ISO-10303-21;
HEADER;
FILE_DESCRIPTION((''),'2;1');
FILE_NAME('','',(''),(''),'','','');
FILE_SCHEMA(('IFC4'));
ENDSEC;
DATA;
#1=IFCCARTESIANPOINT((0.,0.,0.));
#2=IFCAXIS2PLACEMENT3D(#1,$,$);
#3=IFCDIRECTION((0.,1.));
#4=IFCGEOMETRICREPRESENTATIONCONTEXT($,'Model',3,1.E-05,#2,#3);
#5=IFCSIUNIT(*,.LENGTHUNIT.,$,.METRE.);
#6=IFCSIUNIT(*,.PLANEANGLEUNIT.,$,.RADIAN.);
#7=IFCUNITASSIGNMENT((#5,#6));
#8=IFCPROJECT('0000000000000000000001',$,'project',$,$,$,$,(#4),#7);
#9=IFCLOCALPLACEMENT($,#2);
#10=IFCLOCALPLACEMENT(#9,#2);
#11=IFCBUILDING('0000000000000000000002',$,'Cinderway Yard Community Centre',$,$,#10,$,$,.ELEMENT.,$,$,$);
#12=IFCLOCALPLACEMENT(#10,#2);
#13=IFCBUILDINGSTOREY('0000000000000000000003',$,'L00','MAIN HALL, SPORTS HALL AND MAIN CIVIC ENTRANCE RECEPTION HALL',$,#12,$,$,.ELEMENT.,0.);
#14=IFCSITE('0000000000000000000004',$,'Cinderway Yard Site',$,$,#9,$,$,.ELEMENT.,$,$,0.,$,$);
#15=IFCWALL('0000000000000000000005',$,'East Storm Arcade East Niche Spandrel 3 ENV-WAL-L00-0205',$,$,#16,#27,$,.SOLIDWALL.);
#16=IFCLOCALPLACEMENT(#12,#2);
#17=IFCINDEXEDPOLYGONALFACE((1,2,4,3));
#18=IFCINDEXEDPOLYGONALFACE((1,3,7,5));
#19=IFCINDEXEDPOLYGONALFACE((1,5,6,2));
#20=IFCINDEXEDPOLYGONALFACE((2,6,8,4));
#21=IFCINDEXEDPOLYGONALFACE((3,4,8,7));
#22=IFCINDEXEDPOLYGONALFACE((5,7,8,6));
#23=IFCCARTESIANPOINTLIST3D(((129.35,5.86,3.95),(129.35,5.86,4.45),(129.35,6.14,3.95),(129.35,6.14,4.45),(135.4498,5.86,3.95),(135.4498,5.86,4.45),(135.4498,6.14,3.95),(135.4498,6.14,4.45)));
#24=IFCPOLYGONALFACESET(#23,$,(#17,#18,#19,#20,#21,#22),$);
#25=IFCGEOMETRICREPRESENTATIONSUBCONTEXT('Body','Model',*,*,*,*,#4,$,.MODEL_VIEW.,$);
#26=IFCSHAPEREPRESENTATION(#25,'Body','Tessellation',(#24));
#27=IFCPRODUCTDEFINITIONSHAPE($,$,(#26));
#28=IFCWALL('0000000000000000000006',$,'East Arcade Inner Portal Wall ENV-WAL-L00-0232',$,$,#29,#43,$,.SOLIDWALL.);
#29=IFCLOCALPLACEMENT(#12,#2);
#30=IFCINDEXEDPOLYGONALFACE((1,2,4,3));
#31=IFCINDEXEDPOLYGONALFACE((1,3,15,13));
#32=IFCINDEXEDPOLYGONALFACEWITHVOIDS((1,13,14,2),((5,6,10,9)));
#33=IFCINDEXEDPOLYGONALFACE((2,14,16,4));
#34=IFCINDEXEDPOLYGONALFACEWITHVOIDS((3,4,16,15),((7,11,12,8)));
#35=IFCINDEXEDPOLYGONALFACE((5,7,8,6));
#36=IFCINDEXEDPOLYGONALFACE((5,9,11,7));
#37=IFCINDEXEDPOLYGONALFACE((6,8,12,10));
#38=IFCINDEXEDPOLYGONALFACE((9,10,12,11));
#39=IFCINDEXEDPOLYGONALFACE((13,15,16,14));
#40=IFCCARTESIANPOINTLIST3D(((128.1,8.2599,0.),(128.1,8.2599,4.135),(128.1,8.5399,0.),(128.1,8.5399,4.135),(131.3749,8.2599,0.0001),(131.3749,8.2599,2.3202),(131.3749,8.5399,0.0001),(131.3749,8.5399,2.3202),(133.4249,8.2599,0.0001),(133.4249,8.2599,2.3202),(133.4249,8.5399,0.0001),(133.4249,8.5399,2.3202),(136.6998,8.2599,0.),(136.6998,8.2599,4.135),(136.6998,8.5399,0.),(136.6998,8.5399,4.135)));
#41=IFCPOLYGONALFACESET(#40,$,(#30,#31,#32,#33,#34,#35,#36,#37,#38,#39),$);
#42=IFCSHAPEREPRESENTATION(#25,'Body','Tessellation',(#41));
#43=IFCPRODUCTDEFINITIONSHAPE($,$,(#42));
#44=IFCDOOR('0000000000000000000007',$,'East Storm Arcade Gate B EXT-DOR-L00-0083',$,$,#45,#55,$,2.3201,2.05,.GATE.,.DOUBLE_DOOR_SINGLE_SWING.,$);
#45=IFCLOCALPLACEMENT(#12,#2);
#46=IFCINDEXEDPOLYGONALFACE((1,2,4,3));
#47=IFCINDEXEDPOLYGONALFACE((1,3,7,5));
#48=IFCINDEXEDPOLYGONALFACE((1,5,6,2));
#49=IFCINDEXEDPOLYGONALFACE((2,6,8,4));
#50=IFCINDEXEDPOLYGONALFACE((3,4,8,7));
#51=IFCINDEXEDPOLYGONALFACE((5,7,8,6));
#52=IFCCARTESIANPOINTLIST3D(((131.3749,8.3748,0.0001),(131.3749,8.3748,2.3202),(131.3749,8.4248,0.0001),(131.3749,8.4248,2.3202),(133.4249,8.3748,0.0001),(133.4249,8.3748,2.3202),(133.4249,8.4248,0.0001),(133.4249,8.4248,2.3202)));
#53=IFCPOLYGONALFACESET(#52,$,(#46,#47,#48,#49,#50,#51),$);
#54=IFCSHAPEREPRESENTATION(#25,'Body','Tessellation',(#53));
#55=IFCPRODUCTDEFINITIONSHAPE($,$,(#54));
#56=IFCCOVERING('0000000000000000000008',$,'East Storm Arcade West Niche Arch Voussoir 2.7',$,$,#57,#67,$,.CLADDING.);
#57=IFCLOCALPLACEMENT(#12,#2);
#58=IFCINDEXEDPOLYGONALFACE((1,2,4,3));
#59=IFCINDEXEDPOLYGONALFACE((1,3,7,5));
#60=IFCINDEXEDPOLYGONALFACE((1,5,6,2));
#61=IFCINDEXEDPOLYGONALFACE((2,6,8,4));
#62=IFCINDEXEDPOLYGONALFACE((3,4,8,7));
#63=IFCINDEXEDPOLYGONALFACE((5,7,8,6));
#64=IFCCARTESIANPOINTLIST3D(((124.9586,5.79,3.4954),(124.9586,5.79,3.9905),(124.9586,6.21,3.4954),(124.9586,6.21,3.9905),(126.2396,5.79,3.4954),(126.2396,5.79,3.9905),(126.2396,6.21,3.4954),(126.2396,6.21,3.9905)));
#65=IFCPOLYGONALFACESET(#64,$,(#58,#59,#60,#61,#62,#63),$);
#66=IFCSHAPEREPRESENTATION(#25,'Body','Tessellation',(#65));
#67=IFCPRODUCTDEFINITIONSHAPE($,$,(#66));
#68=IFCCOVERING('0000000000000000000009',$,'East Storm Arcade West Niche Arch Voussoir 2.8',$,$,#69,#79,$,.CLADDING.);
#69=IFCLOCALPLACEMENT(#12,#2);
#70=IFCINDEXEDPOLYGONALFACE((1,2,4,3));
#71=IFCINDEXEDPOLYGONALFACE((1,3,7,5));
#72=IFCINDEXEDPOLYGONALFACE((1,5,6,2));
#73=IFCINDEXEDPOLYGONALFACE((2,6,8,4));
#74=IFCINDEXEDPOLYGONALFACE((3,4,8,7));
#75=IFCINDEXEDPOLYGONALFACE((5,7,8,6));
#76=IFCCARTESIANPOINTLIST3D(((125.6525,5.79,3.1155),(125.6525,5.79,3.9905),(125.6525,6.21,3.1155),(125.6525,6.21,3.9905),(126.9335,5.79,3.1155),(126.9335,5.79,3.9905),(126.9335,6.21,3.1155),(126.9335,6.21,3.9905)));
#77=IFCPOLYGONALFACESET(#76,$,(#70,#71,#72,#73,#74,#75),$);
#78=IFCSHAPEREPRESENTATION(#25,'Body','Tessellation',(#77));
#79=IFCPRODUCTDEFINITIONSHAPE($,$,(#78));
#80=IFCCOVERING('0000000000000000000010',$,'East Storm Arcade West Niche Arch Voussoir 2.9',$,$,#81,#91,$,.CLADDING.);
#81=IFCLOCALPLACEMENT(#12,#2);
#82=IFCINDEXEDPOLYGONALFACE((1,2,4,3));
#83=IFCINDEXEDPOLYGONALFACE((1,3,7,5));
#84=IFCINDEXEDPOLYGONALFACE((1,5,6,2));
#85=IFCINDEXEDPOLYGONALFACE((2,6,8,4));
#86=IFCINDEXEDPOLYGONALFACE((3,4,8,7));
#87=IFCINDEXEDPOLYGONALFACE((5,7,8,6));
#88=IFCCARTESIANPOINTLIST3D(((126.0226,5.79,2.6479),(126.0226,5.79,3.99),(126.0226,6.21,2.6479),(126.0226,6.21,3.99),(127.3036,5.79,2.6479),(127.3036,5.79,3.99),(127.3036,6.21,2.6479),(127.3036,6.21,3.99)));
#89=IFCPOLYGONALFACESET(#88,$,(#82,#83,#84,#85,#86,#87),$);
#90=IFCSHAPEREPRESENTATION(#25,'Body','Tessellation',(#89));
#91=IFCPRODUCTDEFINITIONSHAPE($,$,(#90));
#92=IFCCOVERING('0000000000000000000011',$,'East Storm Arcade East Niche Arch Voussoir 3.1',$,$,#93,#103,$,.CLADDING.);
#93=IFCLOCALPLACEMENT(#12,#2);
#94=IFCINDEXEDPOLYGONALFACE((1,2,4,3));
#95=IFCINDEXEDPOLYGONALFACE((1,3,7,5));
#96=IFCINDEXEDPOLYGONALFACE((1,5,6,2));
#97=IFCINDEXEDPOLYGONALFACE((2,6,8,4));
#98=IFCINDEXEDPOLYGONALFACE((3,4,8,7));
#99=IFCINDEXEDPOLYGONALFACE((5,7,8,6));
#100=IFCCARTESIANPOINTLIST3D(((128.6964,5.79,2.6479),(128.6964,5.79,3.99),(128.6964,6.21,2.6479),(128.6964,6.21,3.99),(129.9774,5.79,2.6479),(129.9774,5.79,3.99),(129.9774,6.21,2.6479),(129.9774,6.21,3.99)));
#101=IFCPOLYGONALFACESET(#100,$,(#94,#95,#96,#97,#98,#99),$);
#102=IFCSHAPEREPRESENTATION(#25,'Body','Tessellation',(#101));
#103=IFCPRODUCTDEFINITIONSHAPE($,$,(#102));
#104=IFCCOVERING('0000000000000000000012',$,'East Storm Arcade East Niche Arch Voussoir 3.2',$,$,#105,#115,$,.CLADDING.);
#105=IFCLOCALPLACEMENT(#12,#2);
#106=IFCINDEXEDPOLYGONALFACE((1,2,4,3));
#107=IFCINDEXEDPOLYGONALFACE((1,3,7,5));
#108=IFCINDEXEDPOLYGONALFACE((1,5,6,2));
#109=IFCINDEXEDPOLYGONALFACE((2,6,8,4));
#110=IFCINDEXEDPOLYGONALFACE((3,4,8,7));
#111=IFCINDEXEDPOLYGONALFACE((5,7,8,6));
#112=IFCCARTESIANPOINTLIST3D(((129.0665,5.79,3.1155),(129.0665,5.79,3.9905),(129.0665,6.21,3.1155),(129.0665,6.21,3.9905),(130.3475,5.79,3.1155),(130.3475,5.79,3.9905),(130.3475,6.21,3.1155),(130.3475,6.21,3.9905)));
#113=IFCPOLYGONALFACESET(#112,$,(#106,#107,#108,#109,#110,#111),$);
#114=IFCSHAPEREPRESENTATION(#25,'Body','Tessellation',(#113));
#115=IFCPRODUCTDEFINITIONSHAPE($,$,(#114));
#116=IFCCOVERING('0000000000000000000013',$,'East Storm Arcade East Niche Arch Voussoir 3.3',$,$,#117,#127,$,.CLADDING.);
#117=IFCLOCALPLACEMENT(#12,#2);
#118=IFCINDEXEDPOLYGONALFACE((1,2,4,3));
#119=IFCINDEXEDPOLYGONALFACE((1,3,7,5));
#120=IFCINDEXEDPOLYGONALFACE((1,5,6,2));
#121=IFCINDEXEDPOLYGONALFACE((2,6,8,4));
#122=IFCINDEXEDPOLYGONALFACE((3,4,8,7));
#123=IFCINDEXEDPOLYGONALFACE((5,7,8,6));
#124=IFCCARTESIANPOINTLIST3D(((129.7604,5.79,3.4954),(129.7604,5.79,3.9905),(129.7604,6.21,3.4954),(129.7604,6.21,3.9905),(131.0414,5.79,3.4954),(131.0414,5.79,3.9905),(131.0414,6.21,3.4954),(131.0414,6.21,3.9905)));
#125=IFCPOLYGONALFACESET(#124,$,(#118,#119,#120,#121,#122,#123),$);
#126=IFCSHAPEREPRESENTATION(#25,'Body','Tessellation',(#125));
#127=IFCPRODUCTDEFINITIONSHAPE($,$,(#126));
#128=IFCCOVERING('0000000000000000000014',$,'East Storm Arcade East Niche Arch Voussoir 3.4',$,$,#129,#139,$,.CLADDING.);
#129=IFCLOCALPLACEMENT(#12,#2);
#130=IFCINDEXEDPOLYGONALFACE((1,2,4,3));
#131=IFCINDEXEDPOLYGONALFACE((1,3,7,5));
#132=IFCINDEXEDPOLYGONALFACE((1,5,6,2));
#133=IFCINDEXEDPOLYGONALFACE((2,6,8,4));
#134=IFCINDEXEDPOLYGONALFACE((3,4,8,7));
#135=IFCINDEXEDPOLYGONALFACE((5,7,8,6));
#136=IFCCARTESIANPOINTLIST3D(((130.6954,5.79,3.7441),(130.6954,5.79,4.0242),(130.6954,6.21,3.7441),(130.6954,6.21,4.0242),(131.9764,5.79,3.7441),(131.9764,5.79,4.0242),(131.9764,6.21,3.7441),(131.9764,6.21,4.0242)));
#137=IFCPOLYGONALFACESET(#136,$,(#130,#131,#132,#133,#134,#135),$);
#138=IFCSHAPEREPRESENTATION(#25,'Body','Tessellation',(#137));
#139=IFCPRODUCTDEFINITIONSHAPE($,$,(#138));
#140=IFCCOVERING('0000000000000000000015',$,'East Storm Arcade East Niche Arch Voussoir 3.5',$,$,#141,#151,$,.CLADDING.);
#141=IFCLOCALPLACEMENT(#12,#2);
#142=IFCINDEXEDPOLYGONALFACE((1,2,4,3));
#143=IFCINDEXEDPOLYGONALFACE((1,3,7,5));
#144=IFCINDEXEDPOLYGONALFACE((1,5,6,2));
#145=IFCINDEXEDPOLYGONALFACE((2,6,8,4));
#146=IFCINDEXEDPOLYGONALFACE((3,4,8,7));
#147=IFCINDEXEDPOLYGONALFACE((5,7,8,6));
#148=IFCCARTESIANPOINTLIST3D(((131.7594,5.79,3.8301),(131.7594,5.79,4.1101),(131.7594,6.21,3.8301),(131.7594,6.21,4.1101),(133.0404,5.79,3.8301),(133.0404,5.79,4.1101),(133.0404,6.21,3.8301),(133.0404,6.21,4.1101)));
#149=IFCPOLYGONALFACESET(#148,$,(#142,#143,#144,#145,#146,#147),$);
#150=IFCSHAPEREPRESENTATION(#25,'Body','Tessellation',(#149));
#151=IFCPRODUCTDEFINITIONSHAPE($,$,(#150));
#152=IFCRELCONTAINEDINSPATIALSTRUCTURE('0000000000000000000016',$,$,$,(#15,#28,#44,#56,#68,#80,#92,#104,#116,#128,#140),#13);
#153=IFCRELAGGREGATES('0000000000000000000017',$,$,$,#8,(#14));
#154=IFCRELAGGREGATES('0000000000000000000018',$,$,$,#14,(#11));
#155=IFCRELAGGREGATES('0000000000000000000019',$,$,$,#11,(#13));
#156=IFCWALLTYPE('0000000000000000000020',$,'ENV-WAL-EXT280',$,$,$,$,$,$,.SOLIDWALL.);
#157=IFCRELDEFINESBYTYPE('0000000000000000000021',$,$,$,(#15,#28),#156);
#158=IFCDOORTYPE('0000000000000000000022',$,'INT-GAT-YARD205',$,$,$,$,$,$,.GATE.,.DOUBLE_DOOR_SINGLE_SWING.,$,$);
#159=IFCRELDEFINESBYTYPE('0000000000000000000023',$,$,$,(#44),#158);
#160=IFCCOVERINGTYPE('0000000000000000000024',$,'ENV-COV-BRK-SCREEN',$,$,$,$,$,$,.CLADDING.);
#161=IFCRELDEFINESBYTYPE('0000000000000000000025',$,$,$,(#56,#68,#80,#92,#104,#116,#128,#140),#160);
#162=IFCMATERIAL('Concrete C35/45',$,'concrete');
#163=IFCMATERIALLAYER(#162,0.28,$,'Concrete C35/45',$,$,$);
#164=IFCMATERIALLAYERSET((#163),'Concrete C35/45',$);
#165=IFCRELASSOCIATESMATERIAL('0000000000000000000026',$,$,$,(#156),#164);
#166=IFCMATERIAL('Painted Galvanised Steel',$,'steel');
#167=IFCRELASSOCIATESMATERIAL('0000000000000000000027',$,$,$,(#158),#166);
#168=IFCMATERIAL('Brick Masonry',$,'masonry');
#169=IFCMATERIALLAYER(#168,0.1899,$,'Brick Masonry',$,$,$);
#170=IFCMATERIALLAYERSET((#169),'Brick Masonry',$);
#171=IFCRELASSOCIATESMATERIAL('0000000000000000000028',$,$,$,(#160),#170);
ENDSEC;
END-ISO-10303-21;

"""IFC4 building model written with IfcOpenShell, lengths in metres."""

from ifc_helpers import new_model, si_unit, direction, frame, frame_2d, origin, origin_2d, place, context, subcontext, project, spatial, rectangle, extrude, material, layer, layer_set, type_object, element, fill, save


model = new_model("IFC4")

# Units and contexts
model_context = context("Model", 3, precision=1e-05, world=origin(), true_north=direction((0.0, 1.0)))
body_context = subcontext(model_context, "Body", "Model", "MODEL_VIEW")
ifc_project = project(units=[si_unit("LENGTHUNIT", "METRE"), si_unit("PLANEANGLEUNIT", "RADIAN")], contexts=[model_context])

# Site, building, storey
site_placement = place(None, origin())
site = spatial("IfcSite", under=ifc_project, at=site_placement, Name="Cinderway Yard Site", CompositionType="ELEMENT", RefElevation=0.0)
building_placement = place(site_placement, origin())
building = spatial("IfcBuilding", under=site, at=building_placement, Name="Cinderway Yard Community Centre", CompositionType="ELEMENT")
storey_placement = place(building_placement, origin())
storey = spatial("IfcBuildingStorey", under=building, at=storey_placement, Name="L00", Description="MAIN HALL, SPORTS HALL AND MAIN CIVIC ENTRANCE RECEPTION HALL", CompositionType="ELEMENT", Elevation=0.0)

# Shared definitions
ifc_material_1 = material(Name="Concrete C35/45", Category="concrete")

# Wall
ifc_material_2 = material(Name="Brick Masonry", Category="masonry")
ifc_layer_1 = layer(ifc_material_1, 0.28, Name="Concrete C35/45")
ifc_layer_set_1 = layer_set([ifc_layer_1], Name="Concrete C35/45")
wall_type_1 = type_object("IfcWallType", Name="ENV-WAL-EXT280", PredefinedType="SOLIDWALL", material=ifc_layer_set_1)
wall_1_placement = place(storey_placement, frame((129.3501, 6.0, 3.95), z_axis=(0.0, 0.0, 1.0), x_axis=(1.0, 0.0, 0.0)))
element("IfcWall", 1, at=wall_1_placement, inside=storey, type_object=wall_type_1, Name="East Storm Arcade East Niche Spandrel 3 ENV-WAL-L00-0205", PredefinedType="SOLIDWALL", context=body_context, shape_type="SweptSolid", body=[
    extrude(rectangle(XDim=6.0999, YDim=0.28, at=frame_2d((3.0498, 0.0))), origin(), (0.0, 0.0, 1.0), 0.5),
])

# Wall, opening, door
wall_2_placement = place(storey_placement, frame((128.1001, 8.3999, 0.0), z_axis=(0.0, 0.0, 1.0), x_axis=(1.0, 0.0, 0.0)))
wall_2 = element("IfcWall", 2, at=wall_2_placement, inside=storey, type_object=wall_type_1, Name="East Arcade Inner Portal Wall ENV-WAL-L00-0232", PredefinedType="SOLIDWALL", context=body_context, shape_type="SweptSolid", body=[
    extrude(rectangle(XDim=8.5999, YDim=0.28, at=frame_2d((4.2998, 0.0))), origin(), (0.0, 0.0, 1.0), 4.135),
])
opening_placement = place(wall_2_placement, frame((3.2749, 0.0, 0.0)))
opening = element("IfcOpeningElement", 3, at=opening_placement, cuts=wall_2, PredefinedType="OPENING", context=body_context, shape_type="SweptSolid", body=[
    extrude(rectangle(XDim=2.05, YDim=2.3201, at=frame_2d((1.0249, 1.1602))), frame((0.0, 0.1499, 0.0), z_axis=(0.0, -1.0, 0.0), x_axis=(1.0, 0.0, 0.0)), (0.0, 0.0, 1.0), 0.3),
])
ifc_material_3 = material(Name="Painted Galvanised Steel", Category="steel")
door_type = type_object("IfcDoorType", Name="INT-GAT-YARD205", OperationType="DOUBLE_DOOR_SINGLE_SWING", PredefinedType="GATE", material=ifc_material_3)
door_placement = place(opening_placement, origin())
door = element("IfcDoor", 4, at=door_placement, inside=storey, type_object=door_type, Name="East Storm Arcade Gate B EXT-DOR-L00-0083", OperationType="DOUBLE_DOOR_SINGLE_SWING", OverallHeight=2.3201, OverallWidth=2.05, PredefinedType="GATE", context=body_context, shape_type="SweptSolid", body=[
    extrude(rectangle(XDim=2.05, YDim=2.3201, at=frame_2d((1.0249, 1.1602))), frame((0.0, 0.0249, 0.0), z_axis=(0.0, -1.0, 0.0), x_axis=(1.0, 0.0, 0.0)), (0.0, 0.0, 1.0), 0.05),
])
fill(opening, door)

# Coverings
ifc_layer_2 = layer(ifc_material_2, 0.1899, Name="Brick Masonry")
ifc_layer_set_2 = layer_set([ifc_layer_2], Name="Brick Masonry")
covering_type = type_object("IfcCoveringType", Name="ENV-COV-BRK-SCREEN", PredefinedType="CLADDING", material=ifc_layer_set_2)
covering_1_placement = place(storey_placement, frame((125.5991, 6.0, 3.4954), z_axis=(0.0, 0.0, 1.0), x_axis=(1.0, 0.0, 0.0)))
element("IfcCovering", 5, at=covering_1_placement, inside=storey, type_object=covering_type, Name="East Storm Arcade West Niche Arch Voussoir 2.7", PredefinedType="CLADDING", context=body_context, shape_type="SweptSolid", body=[
    extrude(rectangle(XDim=1.281, YDim=0.4199, at=origin_2d()), origin(), (0.0, 0.0, 1.0), 0.4951),
])
covering_2_placement = place(storey_placement, frame((126.293, 6.0, 3.1155), z_axis=(0.0, 0.0, 1.0), x_axis=(1.0, 0.0, 0.0)))
element("IfcCovering", 6, at=covering_2_placement, inside=storey, type_object=covering_type, Name="East Storm Arcade West Niche Arch Voussoir 2.8", PredefinedType="CLADDING", context=body_context, shape_type="SweptSolid", body=[
    extrude(rectangle(XDim=1.281, YDim=0.4199, at=origin_2d()), origin(), (0.0, 0.0, 1.0), 0.875),
])
for number, where, z_axis, x_axis, name in (
    (7, (126.6631, 6.0, 2.6479), (0.0, 0.0, 1.0), (1.0, 0.0, 0.0), "East Storm Arcade West Niche Arch Voussoir 2.9"),
    (8, (129.3369, 6.0, 2.6479), (0.0, 0.0, 1.0), (1.0, 0.0, 0.0), "East Storm Arcade East Niche Arch Voussoir 3.1"),
):
    element("IfcCovering", number, at=place(storey_placement, frame(where, z_axis=z_axis, x_axis=x_axis)), inside=storey, type_object=covering_type, Name=name, PredefinedType="CLADDING", context=body_context, shape_type="SweptSolid", body=[
        extrude(rectangle(XDim=1.281, YDim=0.4199, at=origin_2d()), origin(), (0.0, 0.0, 1.0), 1.342),
    ])
covering_3_placement = place(storey_placement, frame((129.707, 6.0, 3.1155), z_axis=(0.0, 0.0, 1.0), x_axis=(1.0, 0.0, 0.0)))
element("IfcCovering", 9, at=covering_3_placement, inside=storey, type_object=covering_type, Name="East Storm Arcade East Niche Arch Voussoir 3.2", PredefinedType="CLADDING", context=body_context, shape_type="SweptSolid", body=[
    extrude(rectangle(XDim=1.281, YDim=0.4199, at=origin_2d()), origin(), (0.0, 0.0, 1.0), 0.875),
])
covering_4_placement = place(storey_placement, frame((130.4009, 6.0, 3.4954), z_axis=(0.0, 0.0, 1.0), x_axis=(1.0, 0.0, 0.0)))
element("IfcCovering", 10, at=covering_4_placement, inside=storey, type_object=covering_type, Name="East Storm Arcade East Niche Arch Voussoir 3.3", PredefinedType="CLADDING", context=body_context, shape_type="SweptSolid", body=[
    extrude(rectangle(XDim=1.281, YDim=0.4199, at=origin_2d()), origin(), (0.0, 0.0, 1.0), 0.4951),
])
for number, where, z_axis, x_axis, name in (
    (11, (131.3359, 6.0, 3.7441), (0.0, 0.0, 1.0), (1.0, 0.0, 0.0), "East Storm Arcade East Niche Arch Voussoir 3.4"),
    (12, (132.3999, 6.0, 3.8301), (0.0, 0.0, 1.0), (1.0, 0.0, 0.0), "East Storm Arcade East Niche Arch Voussoir 3.5"),
):
    element("IfcCovering", number, at=place(storey_placement, frame(where, z_axis=z_axis, x_axis=x_axis)), inside=storey, type_object=covering_type, Name=name, PredefinedType="CLADDING", context=body_context, shape_type="SweptSolid", body=[
        extrude(rectangle(XDim=1.281, YDim=0.4199, at=origin_2d()), origin(), (0.0, 0.0, 1.0), 0.28),
    ])

save(model, "model.ifc")
